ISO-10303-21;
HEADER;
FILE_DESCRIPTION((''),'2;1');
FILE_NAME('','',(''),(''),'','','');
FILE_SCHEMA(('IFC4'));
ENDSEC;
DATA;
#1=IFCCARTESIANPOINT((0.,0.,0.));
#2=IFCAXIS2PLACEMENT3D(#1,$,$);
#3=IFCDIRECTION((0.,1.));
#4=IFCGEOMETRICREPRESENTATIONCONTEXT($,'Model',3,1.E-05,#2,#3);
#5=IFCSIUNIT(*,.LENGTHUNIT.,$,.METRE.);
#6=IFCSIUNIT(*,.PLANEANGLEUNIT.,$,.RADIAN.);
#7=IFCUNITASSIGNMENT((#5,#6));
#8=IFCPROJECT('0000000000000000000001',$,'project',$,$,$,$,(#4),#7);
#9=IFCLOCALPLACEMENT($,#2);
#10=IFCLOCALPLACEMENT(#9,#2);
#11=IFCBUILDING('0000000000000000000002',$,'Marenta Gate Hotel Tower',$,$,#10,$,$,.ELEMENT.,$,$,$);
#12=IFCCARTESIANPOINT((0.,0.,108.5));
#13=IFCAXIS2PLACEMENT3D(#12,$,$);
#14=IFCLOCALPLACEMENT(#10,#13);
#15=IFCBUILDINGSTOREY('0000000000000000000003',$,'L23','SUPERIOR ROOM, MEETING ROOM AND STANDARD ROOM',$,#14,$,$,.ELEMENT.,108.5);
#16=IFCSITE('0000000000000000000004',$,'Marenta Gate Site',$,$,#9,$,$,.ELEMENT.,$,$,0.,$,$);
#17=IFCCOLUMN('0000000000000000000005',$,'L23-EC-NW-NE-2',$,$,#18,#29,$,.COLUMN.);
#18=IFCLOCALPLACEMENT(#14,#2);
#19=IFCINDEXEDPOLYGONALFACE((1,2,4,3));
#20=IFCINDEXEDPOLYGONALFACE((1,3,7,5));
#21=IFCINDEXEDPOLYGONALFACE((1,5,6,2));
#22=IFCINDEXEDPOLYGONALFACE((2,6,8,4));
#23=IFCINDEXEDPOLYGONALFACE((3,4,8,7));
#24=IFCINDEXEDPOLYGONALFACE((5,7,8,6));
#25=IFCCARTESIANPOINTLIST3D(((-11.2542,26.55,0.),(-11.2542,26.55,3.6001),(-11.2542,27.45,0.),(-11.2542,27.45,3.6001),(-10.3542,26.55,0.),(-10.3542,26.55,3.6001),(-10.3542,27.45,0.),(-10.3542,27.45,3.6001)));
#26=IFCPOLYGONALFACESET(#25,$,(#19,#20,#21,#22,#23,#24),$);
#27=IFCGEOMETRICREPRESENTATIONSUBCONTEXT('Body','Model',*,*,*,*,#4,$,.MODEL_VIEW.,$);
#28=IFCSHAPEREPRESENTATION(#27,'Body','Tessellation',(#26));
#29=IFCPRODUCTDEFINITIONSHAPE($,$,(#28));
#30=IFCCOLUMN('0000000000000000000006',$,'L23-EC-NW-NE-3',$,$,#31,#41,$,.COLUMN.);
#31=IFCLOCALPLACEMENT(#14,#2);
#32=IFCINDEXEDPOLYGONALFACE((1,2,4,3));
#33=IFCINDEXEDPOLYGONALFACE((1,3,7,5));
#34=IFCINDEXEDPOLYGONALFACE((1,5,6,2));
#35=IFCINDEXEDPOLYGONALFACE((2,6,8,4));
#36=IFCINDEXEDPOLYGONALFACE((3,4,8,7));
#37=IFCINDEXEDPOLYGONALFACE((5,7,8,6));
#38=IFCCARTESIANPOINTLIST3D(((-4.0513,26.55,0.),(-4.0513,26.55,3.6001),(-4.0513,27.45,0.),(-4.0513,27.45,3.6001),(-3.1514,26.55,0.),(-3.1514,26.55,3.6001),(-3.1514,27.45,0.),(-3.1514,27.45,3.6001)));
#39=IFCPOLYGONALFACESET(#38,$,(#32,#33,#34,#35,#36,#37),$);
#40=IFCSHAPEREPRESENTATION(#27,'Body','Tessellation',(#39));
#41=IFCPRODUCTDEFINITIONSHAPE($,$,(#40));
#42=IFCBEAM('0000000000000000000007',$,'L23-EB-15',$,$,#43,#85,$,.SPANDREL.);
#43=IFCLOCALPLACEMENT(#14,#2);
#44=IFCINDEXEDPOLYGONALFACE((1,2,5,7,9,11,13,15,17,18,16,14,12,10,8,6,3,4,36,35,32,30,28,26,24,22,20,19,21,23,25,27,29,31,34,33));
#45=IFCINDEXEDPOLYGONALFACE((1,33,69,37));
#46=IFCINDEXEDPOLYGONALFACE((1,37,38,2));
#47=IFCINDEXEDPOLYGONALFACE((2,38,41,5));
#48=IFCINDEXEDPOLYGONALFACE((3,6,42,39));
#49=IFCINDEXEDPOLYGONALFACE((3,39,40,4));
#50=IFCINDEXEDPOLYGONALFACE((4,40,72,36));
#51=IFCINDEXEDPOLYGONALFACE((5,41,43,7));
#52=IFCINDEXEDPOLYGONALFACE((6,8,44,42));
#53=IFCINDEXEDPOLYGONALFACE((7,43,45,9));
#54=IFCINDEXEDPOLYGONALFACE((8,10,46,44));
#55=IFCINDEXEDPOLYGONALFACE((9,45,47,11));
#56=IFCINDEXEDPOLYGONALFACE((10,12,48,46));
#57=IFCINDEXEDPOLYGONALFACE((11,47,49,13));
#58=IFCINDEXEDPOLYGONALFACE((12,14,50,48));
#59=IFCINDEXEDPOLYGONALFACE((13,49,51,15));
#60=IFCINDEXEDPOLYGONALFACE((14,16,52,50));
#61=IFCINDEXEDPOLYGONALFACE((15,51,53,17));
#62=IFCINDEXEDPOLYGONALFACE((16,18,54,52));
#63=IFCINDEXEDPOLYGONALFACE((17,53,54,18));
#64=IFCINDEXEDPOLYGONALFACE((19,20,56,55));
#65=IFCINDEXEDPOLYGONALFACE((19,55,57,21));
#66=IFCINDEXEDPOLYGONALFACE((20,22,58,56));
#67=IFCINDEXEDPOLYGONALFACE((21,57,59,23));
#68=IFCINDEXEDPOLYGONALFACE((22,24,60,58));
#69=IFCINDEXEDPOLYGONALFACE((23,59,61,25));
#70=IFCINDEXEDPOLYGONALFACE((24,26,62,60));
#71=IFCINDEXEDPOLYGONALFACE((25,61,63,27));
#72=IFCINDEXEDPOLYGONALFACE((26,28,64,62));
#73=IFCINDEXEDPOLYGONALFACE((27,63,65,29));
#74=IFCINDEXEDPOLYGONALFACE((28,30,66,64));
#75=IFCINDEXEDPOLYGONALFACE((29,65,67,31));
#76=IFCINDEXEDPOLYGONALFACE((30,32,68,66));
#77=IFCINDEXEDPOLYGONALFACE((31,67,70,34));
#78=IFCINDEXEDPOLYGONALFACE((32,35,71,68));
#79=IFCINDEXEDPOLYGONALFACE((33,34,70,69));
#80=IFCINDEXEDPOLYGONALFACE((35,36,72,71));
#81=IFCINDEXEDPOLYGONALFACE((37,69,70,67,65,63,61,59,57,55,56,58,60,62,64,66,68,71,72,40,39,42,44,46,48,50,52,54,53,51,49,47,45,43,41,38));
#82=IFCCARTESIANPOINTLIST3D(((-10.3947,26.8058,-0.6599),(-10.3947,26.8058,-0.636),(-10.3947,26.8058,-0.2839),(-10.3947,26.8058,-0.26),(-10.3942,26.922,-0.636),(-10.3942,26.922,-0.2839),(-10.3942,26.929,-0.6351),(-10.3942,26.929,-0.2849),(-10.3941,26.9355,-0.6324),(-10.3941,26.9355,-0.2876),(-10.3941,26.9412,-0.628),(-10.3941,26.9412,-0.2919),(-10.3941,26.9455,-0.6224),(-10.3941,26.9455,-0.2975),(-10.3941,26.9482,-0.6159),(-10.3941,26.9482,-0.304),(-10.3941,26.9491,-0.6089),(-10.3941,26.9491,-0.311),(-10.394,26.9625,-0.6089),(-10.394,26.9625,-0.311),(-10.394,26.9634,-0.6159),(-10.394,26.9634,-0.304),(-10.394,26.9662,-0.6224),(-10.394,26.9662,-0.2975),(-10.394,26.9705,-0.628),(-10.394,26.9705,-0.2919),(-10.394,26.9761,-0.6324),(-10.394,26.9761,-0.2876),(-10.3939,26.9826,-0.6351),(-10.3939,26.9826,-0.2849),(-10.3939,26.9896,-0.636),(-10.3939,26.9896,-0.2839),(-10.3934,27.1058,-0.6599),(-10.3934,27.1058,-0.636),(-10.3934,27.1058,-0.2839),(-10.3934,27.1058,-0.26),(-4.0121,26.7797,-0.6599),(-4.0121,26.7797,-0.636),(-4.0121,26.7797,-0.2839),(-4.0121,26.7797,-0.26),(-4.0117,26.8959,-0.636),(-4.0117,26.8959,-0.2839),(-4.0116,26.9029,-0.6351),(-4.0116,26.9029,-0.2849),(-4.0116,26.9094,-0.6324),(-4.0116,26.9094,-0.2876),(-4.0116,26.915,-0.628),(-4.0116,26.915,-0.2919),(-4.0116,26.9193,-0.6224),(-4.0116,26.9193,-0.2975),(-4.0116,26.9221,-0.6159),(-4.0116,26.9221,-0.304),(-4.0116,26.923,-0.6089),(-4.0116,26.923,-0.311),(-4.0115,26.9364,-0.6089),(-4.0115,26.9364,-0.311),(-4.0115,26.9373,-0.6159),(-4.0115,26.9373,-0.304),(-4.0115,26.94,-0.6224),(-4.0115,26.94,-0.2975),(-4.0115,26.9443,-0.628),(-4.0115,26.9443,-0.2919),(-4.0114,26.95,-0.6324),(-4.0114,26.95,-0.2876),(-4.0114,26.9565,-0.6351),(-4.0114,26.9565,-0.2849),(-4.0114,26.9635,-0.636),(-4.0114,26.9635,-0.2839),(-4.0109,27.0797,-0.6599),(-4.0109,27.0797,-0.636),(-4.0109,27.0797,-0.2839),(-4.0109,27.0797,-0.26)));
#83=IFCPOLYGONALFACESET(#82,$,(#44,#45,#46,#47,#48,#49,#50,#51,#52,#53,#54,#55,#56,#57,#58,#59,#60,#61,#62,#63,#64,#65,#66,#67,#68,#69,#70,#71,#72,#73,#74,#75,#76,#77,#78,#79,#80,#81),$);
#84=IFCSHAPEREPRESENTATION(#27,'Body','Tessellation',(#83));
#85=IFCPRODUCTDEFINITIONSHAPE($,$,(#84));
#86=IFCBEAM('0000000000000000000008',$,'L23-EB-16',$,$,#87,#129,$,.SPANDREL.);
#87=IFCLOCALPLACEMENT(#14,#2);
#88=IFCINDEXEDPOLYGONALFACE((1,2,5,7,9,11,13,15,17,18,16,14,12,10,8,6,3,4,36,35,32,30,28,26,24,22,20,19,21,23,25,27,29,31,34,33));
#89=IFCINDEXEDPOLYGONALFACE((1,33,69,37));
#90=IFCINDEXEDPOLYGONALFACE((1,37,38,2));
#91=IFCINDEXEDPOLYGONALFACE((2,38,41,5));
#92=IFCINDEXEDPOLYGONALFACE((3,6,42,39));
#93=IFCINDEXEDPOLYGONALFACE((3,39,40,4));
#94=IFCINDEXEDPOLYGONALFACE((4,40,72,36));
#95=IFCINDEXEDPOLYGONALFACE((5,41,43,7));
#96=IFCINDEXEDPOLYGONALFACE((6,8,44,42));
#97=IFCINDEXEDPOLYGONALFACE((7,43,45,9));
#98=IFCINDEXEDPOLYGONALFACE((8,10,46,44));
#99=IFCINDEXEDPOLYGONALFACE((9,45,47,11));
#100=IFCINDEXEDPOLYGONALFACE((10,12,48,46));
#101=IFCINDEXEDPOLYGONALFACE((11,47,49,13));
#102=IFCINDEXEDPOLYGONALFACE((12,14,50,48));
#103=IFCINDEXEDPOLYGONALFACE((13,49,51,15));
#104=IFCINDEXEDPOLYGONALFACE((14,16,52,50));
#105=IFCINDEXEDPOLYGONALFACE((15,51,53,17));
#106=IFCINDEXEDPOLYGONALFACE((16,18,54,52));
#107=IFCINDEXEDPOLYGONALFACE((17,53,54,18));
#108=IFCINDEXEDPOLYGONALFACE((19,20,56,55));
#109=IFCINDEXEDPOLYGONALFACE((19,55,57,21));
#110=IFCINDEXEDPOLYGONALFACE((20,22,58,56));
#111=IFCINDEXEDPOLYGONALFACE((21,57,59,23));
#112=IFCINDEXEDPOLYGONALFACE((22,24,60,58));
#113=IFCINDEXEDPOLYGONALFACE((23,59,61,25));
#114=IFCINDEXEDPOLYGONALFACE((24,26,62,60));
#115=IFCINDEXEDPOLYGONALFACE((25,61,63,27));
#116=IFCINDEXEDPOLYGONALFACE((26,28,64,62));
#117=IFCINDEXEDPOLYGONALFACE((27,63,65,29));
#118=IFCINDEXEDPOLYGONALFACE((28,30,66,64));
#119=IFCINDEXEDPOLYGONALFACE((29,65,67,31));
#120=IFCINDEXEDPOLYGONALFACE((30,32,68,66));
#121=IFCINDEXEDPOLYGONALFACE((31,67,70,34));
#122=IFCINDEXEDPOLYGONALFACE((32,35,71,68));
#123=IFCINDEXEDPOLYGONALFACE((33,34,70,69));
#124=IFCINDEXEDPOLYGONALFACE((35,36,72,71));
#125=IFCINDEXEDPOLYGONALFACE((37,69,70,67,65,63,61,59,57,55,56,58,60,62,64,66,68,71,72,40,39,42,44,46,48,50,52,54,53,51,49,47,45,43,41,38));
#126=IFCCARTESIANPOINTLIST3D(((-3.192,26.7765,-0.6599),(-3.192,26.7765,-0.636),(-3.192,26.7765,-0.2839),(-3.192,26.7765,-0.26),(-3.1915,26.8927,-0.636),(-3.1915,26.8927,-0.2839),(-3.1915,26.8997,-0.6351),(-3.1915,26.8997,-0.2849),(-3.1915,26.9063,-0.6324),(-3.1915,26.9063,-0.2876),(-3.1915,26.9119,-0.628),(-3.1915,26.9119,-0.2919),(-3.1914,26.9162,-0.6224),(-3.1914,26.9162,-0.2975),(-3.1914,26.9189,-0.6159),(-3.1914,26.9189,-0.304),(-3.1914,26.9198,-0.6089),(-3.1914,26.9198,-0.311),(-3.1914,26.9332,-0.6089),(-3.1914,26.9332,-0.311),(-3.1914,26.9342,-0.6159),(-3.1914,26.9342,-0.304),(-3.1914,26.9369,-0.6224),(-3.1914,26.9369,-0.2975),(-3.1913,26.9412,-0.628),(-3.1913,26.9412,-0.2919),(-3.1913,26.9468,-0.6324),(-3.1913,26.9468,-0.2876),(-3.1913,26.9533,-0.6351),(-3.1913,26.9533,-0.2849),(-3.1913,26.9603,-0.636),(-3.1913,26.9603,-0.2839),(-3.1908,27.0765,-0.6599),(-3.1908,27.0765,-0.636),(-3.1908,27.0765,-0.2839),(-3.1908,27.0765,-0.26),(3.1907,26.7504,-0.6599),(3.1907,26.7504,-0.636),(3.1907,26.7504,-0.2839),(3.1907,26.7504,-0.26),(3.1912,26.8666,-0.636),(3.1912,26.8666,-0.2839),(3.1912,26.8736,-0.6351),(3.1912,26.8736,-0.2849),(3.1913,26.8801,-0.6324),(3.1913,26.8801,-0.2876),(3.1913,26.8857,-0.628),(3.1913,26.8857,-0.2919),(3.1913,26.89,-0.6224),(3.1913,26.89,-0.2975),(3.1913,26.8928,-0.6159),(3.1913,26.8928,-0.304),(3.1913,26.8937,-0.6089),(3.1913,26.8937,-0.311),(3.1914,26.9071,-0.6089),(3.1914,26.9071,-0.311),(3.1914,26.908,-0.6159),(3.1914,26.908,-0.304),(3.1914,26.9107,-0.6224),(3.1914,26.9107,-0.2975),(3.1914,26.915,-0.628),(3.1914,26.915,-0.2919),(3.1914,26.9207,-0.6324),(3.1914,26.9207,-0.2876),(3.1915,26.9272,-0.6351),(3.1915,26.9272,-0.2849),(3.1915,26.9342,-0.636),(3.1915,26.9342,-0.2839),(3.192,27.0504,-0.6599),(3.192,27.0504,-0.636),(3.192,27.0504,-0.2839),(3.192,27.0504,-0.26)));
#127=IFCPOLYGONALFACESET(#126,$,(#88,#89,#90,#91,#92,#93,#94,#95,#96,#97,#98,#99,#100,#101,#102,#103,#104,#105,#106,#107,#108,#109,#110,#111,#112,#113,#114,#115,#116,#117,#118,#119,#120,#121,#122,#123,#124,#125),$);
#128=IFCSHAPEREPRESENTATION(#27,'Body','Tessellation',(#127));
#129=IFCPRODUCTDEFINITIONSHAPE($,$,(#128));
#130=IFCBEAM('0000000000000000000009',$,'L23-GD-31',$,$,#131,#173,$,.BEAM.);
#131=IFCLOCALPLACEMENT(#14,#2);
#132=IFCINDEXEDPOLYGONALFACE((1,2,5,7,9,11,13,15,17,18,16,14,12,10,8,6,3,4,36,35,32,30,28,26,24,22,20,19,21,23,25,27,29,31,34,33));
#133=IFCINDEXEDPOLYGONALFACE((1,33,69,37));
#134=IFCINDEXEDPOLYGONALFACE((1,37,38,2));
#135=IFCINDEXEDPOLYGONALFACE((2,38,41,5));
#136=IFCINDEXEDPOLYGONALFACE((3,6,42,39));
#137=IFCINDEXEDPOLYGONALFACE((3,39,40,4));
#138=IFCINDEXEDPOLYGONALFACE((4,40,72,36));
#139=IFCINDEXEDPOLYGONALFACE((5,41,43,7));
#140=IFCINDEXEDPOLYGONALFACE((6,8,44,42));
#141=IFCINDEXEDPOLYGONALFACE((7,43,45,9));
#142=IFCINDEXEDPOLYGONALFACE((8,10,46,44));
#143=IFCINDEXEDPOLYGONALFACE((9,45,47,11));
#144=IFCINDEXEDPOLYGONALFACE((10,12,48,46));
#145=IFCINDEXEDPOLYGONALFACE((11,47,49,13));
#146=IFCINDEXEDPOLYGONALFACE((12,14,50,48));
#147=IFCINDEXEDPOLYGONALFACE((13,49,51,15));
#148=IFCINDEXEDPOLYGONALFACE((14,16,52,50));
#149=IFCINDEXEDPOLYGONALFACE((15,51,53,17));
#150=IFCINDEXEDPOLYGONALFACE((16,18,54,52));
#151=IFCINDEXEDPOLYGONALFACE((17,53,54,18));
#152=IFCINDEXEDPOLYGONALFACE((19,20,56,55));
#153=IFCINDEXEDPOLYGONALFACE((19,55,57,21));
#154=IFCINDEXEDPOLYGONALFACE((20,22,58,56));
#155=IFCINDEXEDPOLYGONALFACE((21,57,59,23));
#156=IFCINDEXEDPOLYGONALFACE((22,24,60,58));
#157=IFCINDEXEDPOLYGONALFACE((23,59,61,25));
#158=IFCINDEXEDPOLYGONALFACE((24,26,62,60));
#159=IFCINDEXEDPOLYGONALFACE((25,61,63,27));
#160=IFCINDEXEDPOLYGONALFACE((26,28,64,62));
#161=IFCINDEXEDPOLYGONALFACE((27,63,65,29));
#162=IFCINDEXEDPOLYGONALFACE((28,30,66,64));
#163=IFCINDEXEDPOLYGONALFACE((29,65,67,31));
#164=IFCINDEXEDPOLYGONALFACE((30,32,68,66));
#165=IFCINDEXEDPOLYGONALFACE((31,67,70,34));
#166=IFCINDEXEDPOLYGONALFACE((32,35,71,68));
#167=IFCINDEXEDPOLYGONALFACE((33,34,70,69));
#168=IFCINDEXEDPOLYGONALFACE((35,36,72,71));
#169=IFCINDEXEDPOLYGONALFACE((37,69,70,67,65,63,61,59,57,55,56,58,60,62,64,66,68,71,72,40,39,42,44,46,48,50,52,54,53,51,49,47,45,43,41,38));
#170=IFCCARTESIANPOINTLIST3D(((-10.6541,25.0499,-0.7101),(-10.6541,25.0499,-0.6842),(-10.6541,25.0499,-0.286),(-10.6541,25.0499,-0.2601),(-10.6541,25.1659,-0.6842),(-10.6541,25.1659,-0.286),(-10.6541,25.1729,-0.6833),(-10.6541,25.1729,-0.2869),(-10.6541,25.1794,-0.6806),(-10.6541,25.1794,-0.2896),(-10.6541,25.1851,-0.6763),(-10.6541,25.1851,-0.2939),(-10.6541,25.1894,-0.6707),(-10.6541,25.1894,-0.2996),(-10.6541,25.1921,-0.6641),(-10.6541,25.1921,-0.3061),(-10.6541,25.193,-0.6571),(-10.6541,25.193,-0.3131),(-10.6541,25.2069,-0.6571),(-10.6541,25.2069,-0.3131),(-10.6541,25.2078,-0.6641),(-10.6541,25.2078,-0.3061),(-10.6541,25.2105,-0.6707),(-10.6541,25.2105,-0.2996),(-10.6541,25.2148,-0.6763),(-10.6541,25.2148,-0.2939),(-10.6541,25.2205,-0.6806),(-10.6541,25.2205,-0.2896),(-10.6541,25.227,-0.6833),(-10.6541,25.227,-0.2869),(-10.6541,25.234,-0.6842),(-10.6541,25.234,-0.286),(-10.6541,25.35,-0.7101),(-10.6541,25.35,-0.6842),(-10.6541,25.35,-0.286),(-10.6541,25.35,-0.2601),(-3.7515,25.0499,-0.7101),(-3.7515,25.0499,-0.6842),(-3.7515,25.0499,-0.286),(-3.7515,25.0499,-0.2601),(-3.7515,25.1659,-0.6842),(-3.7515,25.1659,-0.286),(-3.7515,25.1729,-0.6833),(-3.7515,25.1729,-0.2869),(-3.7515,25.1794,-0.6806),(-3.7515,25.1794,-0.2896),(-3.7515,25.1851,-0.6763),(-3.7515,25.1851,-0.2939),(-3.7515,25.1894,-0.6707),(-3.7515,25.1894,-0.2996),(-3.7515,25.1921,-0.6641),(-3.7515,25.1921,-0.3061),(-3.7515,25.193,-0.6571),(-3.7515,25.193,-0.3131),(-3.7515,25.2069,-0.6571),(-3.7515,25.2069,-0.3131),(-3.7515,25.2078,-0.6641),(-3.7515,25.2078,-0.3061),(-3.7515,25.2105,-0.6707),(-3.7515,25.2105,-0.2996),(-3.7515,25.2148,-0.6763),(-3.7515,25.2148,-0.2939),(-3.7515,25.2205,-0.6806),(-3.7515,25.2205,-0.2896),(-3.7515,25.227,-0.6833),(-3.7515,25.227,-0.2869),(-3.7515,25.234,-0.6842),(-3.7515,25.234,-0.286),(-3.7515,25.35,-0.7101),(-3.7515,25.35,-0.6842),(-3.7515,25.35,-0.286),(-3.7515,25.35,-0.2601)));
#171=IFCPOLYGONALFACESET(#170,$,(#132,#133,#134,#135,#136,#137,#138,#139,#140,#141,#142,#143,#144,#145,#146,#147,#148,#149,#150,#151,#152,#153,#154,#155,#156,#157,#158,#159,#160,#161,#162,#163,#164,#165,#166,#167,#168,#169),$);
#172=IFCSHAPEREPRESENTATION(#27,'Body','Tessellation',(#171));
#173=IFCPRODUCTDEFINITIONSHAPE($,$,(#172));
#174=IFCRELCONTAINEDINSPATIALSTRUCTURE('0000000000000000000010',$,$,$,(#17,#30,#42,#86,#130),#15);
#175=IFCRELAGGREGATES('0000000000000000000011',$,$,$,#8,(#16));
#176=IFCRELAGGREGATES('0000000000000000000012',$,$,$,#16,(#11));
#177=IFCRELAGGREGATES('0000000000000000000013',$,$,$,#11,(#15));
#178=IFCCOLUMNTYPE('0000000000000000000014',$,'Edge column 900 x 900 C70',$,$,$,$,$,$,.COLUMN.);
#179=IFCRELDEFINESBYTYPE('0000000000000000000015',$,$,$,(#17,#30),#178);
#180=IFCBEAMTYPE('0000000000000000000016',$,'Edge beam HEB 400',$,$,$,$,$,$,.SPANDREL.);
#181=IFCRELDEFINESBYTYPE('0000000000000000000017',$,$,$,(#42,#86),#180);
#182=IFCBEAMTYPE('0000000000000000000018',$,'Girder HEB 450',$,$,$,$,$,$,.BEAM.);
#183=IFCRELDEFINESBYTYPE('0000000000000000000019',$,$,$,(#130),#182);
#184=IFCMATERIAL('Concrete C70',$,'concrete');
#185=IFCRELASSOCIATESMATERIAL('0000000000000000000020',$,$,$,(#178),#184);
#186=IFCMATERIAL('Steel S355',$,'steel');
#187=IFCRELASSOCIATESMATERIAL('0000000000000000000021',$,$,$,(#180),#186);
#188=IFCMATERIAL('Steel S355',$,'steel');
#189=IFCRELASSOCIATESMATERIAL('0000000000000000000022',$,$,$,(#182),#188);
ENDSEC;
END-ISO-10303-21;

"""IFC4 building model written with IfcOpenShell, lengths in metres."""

from ifc_helpers import new_model, si_unit, direction, frame, origin, origin_2d, place, context, subcontext, project, spatial, rectangle, i_section, extrude, material, material_profile, profile_set, type_object, element, save


model = new_model("IFC4")

# Units and contexts
model_context = context("Model", 3, precision=1e-05, world=origin(), true_north=direction((0.0, 1.0)))
body_context = subcontext(model_context, "Body", "Model", "MODEL_VIEW")
ifc_project = project(units=[si_unit("LENGTHUNIT", "METRE"), si_unit("PLANEANGLEUNIT", "RADIAN")], contexts=[model_context])

# Site, building, storey
site_placement = place(None, origin())
site = spatial("IfcSite", under=ifc_project, at=site_placement, Name="Marenta Gate Site", CompositionType="ELEMENT", RefElevation=0.0)
building_placement = place(site_placement, origin())
building = spatial("IfcBuilding", under=site, at=building_placement, Name="Marenta Gate Hotel Tower", CompositionType="ELEMENT")
storey_placement = place(building_placement, frame((0.0, 0.0, 108.5)))
storey = spatial("IfcBuildingStorey", under=building, at=storey_placement, Name="L23", Description="SUPERIOR ROOM, MEETING ROOM AND STANDARD ROOM", CompositionType="ELEMENT", Elevation=108.5)

# Columns
ifc_material_1 = material(Name="Concrete C70", Category="concrete")
ifc_material_profile_1 = material_profile(ifc_material_1, rectangle(XDim=0.8999, YDim=0.8999, at=origin_2d()), Name="900 x 900")
ifc_profile_set_1 = profile_set([ifc_material_profile_1], Name="Concrete C70")
column_type = type_object("IfcColumnType", Name="Edge column 900 x 900 C70", PredefinedType="COLUMN", material=ifc_profile_set_1)
for number, where, z_axis, x_axis, name in (
    (1, (-10.8042, 27.0, 0.0), (0.0, 0.0, 1.0), (1.0, 0.0, 0.0), "L23-EC-NW-NE-2"),
    (2, (-3.6013, 27.0, 0.0), (0.0, 0.0, 1.0), (1.0, 0.0, 0.0), "L23-EC-NW-NE-3"),
):
    element("IfcColumn", number, at=place(storey_placement, frame(where, z_axis=z_axis, x_axis=x_axis)), inside=storey, type_object=column_type, Name=name, PredefinedType="COLUMN", context=body_context, shape_type="SweptSolid", body=[
        extrude(rectangle(XDim=0.8999, YDim=0.8999, at=origin_2d()), origin(), (0.0, 0.0, 1.0), 3.6001),
    ])

# Beams
ifc_material_2 = material(Name="Steel S355", Category="steel")
ifc_material_profile_2 = material_profile(ifc_material_2, i_section(OverallWidth=0.3, OverallDepth=0.3999, WebThickness=0.0134, FlangeThickness=0.0239, FilletRadius=0.0271, at=origin_2d()), Name="HEB 400")
ifc_profile_set_2 = profile_set([ifc_material_profile_2], Name="Steel S355")
beam_type_1 = type_object("IfcBeamType", Name="Edge beam HEB 400", PredefinedType="SPANDREL", material=ifc_profile_set_2)
beam_1_placement = place(storey_placement, frame((-10.394, 26.9558, -0.46), z_axis=(0.999992, -0.004093, 0.0), x_axis=(0.004093, 0.999992, 0.0)))
element("IfcBeam", 3, at=beam_1_placement, inside=storey, type_object=beam_type_1, Name="L23-EB-15", PredefinedType="SPANDREL", context=body_context, shape_type="SweptSolid", body=[
    extrude(i_section(OverallWidth=0.3, OverallDepth=0.3999, WebThickness=0.0134, FlangeThickness=0.0239, FilletRadius=0.0271, at=origin_2d()), origin(), (0.0, 0.0, 1.0), 6.3826),
])
beam_2_placement = place(storey_placement, frame((-3.1914, 26.9265, -0.46), z_axis=(0.999992, -0.004093, 0.0), x_axis=(0.004093, 0.999992, 0.0)))
element("IfcBeam", 4, at=beam_2_placement, inside=storey, type_object=beam_type_1, Name="L23-EB-16", PredefinedType="SPANDREL", context=body_context, shape_type="SweptSolid", body=[
    extrude(i_section(OverallWidth=0.3, OverallDepth=0.3999, WebThickness=0.0134, FlangeThickness=0.0239, FilletRadius=0.0271, at=origin_2d()), origin(), (0.0, 0.0, 1.0), 6.3828),
])
ifc_material_3 = material(Name="Steel S355", Category="steel")
ifc_material_profile_3 = material_profile(ifc_material_3, i_section(OverallWidth=0.3, OverallDepth=0.45, WebThickness=0.0139, FlangeThickness=0.0259, FilletRadius=0.0271, at=origin_2d()), Name="HEB 450")
ifc_profile_set_3 = profile_set([ifc_material_profile_3], Name="Steel S355")
beam_type_2 = type_object("IfcBeamType", Name="Girder HEB 450", PredefinedType="BEAM", material=ifc_profile_set_3)
beam_3_placement = place(storey_placement, frame((-10.6541, 25.2, -0.4851), z_axis=(1.0, 0.0, 0.0), x_axis=(0.0, 1.0, 0.0)))
element("IfcBeam", 5, at=beam_3_placement, inside=storey, type_object=beam_type_2, Name="L23-GD-31", PredefinedType="BEAM", context=body_context, shape_type="SweptSolid", body=[
    extrude(i_section(OverallWidth=0.3, OverallDepth=0.45, WebThickness=0.0139, FlangeThickness=0.0259, FilletRadius=0.0271, at=origin_2d()), origin(), (0.0, 0.0, 1.0), 6.9026),
])

save(model, "model.ifc")
